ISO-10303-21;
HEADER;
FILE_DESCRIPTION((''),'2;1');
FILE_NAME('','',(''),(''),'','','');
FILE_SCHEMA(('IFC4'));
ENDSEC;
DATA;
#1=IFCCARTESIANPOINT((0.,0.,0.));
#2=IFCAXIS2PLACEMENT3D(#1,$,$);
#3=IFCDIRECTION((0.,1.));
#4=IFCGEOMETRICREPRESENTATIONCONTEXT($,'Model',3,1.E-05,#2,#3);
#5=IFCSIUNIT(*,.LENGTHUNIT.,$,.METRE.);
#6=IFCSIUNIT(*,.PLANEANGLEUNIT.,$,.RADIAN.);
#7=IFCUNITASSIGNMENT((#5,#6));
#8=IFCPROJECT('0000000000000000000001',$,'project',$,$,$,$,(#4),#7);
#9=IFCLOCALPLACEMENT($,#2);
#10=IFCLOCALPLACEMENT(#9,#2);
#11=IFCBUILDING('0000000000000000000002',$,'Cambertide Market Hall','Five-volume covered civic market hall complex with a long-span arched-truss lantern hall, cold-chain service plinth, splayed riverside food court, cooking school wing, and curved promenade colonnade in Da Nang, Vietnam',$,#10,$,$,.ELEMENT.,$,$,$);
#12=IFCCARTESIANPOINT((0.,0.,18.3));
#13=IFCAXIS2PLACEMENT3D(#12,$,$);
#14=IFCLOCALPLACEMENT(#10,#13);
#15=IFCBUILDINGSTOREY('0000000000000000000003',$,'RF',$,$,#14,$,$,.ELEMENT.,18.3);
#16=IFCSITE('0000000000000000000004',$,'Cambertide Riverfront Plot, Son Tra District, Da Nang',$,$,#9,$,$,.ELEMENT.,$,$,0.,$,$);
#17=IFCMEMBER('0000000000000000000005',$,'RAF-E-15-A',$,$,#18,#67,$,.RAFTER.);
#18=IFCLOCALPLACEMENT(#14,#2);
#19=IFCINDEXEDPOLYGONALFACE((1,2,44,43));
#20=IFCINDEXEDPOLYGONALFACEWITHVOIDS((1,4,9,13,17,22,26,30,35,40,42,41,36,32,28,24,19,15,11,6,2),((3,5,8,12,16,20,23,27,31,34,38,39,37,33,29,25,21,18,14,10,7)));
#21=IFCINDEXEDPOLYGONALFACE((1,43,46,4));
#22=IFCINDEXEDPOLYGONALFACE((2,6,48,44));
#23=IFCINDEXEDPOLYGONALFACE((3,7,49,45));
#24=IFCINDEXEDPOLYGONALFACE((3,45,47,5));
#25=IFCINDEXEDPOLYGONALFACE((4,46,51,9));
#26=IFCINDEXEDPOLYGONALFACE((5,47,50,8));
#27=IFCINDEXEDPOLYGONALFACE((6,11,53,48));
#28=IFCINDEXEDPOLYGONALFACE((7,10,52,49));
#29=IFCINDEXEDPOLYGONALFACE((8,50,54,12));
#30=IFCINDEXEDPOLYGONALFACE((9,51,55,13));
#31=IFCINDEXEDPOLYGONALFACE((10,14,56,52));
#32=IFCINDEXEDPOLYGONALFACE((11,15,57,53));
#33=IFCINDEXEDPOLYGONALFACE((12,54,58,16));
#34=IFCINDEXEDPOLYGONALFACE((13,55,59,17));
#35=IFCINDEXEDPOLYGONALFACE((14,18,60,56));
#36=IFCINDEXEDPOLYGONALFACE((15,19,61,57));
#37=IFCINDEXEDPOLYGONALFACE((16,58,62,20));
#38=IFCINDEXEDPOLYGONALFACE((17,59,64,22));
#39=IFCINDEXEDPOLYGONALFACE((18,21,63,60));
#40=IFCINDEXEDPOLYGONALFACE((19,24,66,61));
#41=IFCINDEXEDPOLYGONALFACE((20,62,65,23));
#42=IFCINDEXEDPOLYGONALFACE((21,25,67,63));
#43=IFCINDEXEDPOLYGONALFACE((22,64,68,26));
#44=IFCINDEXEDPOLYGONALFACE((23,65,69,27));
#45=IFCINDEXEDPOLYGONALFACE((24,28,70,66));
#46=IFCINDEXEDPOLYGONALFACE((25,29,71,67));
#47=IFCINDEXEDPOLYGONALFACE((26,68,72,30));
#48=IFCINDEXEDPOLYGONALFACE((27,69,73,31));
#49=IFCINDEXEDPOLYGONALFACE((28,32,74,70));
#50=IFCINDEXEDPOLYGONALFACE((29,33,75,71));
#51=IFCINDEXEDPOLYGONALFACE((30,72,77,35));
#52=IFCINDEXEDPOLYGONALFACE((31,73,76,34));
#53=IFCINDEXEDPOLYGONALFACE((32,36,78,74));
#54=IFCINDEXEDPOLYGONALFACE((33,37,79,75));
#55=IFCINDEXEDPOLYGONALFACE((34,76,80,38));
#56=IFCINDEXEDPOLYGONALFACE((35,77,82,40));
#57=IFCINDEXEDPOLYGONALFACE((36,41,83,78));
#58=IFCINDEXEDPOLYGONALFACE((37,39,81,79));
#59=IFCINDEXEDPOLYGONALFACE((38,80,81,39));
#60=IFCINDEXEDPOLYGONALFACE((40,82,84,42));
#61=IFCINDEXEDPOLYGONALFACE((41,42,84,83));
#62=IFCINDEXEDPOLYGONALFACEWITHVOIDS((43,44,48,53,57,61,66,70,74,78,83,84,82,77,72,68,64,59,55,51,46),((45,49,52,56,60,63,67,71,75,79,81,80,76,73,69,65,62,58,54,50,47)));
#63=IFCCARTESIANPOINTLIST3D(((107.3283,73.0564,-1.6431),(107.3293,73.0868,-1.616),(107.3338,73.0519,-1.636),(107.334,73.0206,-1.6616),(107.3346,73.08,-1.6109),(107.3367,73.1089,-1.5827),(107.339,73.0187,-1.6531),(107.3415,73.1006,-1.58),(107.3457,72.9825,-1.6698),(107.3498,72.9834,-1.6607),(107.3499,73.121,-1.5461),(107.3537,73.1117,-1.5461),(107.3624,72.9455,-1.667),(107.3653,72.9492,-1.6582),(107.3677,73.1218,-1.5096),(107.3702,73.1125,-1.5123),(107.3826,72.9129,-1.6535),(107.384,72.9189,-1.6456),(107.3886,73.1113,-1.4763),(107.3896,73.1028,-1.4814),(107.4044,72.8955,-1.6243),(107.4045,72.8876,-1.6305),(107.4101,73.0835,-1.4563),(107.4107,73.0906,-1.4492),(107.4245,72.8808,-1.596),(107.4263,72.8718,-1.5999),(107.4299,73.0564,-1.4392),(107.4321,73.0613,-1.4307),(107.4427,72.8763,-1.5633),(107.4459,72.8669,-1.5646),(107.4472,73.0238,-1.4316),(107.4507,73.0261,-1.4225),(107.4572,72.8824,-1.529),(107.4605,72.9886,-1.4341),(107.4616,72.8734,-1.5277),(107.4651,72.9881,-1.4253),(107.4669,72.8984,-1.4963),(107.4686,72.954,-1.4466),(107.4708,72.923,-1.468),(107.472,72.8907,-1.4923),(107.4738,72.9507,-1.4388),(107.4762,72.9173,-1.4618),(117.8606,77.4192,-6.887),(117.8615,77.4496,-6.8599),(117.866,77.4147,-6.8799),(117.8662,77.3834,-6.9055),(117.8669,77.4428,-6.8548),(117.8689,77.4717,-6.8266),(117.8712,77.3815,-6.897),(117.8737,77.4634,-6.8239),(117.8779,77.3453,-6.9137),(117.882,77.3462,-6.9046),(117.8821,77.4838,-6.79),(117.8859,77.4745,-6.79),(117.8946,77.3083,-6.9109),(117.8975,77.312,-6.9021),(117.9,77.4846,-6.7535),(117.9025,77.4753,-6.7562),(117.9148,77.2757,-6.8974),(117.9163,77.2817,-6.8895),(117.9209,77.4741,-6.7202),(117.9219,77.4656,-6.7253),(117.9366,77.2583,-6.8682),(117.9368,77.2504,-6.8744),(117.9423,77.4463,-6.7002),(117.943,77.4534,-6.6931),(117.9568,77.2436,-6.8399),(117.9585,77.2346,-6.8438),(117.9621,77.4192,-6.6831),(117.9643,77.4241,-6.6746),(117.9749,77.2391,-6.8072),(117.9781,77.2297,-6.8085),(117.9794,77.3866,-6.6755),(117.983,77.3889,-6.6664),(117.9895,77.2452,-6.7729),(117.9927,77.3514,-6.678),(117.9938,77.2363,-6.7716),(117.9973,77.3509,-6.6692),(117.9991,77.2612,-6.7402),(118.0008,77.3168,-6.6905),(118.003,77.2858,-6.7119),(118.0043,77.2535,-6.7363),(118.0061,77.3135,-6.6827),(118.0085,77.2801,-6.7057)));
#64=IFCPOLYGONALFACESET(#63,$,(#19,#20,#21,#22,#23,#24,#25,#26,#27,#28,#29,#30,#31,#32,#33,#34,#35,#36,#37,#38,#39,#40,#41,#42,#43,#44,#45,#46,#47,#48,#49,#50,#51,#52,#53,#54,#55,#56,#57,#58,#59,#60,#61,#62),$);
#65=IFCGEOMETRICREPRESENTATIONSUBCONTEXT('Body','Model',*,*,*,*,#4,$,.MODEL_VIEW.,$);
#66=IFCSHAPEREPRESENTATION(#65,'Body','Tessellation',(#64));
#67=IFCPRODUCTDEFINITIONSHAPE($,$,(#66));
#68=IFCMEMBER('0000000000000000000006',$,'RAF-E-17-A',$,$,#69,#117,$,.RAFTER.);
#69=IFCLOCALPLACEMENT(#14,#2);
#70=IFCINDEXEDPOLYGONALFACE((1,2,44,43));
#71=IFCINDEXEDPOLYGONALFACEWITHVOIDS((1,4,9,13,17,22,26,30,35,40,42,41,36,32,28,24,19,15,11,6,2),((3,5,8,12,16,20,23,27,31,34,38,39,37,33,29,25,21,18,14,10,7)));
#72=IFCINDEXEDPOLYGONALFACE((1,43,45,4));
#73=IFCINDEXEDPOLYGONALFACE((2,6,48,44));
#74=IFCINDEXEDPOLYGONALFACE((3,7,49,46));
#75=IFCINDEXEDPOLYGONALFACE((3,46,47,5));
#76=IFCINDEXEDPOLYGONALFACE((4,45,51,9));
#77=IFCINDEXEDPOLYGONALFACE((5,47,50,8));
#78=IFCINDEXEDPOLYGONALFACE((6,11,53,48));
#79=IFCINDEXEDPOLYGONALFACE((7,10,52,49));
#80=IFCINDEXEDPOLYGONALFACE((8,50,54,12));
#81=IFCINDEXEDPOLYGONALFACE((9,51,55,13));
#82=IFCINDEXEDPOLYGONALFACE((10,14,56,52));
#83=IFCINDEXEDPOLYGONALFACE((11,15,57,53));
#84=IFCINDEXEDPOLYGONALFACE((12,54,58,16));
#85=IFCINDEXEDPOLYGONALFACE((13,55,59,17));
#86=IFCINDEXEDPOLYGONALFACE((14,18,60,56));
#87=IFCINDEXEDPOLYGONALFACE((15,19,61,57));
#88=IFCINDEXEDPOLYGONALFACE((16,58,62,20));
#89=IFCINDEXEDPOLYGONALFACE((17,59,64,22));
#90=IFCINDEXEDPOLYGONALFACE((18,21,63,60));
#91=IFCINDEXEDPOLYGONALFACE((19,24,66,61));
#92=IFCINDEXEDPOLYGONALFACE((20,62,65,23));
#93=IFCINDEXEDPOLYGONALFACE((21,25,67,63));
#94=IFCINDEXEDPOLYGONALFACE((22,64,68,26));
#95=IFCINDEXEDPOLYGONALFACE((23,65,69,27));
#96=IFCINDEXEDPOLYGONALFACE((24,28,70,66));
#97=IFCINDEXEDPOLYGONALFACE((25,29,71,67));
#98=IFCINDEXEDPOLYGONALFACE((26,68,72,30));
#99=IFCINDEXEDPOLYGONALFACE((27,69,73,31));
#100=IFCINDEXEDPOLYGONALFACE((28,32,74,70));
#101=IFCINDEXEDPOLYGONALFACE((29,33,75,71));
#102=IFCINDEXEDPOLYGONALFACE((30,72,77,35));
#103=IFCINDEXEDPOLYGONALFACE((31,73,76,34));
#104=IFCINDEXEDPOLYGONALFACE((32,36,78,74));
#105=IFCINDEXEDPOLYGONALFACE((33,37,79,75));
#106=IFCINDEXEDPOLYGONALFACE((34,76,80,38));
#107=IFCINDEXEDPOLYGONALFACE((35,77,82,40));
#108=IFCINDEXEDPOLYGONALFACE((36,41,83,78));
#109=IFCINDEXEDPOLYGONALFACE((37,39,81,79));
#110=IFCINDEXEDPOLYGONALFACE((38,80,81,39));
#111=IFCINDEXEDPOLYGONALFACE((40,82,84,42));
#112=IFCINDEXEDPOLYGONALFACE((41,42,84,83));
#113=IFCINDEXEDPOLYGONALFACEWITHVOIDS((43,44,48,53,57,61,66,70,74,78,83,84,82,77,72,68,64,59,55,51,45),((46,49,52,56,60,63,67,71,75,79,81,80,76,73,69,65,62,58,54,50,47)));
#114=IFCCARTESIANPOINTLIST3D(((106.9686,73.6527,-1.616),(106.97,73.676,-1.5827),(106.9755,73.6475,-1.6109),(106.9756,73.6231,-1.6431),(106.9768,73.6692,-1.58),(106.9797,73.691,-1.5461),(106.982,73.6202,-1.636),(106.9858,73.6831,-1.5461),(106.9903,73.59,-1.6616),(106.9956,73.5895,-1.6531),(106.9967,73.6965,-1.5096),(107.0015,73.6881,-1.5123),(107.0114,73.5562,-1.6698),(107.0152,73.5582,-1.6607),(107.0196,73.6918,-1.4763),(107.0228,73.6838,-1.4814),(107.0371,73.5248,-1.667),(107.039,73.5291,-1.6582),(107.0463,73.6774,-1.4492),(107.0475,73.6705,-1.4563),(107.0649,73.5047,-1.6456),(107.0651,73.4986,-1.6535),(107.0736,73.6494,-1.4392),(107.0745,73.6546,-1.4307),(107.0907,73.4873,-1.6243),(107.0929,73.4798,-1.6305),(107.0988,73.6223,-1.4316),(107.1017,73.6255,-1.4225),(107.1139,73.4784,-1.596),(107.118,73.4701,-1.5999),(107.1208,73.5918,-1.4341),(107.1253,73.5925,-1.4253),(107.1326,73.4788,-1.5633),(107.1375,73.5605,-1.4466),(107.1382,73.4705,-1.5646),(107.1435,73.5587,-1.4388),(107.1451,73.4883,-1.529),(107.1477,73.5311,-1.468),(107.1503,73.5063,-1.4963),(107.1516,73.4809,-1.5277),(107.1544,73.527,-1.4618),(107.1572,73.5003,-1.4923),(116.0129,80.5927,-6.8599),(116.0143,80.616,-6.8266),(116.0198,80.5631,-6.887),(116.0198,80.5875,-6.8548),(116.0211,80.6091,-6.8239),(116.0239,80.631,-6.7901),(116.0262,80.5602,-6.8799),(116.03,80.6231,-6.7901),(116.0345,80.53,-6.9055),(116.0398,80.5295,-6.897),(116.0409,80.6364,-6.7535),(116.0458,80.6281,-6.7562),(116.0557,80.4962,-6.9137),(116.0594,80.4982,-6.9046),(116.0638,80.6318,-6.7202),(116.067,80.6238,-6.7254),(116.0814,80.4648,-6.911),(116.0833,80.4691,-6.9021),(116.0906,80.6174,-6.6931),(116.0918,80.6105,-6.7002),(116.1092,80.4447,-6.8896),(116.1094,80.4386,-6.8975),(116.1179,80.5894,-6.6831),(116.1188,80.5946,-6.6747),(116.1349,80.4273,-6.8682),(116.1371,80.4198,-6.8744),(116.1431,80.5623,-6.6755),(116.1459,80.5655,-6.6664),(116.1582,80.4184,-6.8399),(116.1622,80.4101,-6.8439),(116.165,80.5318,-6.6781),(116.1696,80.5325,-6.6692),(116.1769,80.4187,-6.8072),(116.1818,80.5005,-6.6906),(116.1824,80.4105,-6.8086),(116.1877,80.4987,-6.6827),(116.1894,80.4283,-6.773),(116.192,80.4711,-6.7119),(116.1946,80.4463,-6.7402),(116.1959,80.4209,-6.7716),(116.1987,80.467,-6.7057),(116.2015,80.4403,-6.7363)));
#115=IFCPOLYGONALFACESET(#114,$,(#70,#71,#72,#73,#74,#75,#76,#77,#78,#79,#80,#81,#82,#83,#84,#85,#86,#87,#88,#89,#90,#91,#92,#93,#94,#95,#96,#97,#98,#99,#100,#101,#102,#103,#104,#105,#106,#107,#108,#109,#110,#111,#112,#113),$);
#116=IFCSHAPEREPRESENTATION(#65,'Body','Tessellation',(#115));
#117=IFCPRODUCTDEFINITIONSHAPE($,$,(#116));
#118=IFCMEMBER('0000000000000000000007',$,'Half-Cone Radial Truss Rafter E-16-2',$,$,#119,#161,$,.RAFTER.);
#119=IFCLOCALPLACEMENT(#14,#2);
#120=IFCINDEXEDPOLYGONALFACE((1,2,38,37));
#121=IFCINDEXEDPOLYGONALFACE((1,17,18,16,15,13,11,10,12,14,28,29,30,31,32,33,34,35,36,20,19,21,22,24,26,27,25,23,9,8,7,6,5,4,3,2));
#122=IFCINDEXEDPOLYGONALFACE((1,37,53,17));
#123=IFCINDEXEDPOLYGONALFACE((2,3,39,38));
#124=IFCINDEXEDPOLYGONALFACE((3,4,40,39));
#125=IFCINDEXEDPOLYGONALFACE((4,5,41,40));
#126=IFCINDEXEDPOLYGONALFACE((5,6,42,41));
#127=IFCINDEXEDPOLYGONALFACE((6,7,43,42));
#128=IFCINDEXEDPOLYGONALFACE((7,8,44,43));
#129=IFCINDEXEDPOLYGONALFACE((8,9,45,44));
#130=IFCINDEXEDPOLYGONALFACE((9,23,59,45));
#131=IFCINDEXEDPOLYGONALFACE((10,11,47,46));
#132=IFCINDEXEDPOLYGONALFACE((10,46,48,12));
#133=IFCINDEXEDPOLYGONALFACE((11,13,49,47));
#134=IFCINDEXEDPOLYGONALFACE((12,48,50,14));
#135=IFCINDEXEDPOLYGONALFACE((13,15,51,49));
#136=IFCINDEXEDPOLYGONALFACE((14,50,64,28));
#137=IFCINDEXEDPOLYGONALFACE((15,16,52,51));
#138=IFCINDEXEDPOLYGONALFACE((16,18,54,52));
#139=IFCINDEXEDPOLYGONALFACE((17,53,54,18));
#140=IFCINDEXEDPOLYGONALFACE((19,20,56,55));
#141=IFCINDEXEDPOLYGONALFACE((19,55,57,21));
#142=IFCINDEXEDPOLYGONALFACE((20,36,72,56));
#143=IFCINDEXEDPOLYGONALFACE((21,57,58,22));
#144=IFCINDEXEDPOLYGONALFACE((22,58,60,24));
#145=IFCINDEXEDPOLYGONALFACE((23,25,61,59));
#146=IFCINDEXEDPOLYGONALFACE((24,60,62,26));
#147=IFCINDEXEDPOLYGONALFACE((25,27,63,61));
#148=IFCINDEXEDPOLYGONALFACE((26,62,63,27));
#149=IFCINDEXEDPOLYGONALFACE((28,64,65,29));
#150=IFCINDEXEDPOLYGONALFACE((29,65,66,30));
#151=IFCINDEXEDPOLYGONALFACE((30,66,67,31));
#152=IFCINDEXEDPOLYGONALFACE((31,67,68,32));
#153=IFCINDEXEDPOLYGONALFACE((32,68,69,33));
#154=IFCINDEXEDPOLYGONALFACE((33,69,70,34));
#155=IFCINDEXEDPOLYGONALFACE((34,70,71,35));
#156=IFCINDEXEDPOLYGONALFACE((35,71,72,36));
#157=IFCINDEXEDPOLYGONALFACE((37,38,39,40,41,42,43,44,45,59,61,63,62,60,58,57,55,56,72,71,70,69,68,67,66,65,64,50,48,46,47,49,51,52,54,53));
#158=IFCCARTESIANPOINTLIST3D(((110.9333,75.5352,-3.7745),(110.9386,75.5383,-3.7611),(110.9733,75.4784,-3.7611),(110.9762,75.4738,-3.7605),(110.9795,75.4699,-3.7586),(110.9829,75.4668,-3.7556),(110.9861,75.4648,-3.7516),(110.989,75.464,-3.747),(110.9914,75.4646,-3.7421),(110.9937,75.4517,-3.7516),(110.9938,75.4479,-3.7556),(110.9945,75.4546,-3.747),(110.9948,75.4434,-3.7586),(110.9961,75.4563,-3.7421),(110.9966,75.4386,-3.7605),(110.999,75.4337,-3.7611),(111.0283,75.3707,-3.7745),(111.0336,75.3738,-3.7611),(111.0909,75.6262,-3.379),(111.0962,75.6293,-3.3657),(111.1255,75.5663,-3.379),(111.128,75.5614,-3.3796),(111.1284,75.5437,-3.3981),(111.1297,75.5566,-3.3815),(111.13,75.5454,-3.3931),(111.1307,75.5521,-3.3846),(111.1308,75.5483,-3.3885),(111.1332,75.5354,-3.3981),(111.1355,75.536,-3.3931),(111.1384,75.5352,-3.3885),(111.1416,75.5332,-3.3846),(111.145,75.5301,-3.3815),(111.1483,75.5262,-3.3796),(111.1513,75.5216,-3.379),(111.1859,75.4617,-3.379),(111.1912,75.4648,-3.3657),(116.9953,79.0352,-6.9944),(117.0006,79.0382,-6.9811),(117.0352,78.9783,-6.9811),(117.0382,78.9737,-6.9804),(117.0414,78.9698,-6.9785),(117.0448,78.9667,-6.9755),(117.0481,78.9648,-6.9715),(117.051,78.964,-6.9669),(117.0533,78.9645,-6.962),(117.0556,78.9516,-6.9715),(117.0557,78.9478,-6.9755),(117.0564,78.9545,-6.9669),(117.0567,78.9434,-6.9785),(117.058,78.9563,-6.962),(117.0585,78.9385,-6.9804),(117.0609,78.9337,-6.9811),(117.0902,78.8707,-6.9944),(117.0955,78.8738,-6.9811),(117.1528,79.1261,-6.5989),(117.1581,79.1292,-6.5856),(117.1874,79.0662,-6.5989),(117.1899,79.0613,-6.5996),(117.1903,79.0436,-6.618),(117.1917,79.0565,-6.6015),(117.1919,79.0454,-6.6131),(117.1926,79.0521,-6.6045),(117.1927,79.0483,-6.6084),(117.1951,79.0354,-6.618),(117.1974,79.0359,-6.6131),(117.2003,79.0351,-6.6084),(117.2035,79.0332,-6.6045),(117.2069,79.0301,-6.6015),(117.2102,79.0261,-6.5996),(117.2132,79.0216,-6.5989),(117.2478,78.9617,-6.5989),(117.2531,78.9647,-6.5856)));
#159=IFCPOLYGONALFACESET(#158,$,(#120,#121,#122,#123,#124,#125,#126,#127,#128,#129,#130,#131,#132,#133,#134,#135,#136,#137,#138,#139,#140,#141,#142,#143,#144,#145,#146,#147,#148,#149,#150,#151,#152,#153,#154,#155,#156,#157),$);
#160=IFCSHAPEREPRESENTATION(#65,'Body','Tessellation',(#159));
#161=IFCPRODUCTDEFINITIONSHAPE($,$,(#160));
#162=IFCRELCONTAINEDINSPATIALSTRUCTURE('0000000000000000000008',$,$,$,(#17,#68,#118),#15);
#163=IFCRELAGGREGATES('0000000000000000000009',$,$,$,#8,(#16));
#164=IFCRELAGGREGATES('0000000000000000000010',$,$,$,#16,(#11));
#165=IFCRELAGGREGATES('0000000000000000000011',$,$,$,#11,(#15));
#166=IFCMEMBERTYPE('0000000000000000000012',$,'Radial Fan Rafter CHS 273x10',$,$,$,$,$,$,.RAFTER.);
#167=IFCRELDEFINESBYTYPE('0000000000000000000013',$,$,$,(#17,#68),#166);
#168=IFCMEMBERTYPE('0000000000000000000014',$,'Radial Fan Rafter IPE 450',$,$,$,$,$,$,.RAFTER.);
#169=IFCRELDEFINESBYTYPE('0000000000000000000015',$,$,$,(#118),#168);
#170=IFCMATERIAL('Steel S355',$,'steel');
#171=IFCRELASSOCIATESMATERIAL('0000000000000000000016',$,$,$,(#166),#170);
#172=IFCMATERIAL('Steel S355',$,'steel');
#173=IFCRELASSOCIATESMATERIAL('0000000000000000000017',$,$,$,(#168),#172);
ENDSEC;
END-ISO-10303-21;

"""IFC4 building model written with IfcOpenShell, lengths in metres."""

from ifc_helpers import new_model, si_unit, direction, frame, origin, origin_2d, place, context, subcontext, project, spatial, hollow_circle, i_section, extrude, material, material_profile, profile_set, type_object, element, save


model = new_model("IFC4")

# Units and contexts
model_context = context("Model", 3, precision=1e-05, world=origin(), true_north=direction((0.0, 1.0)))
body_context = subcontext(model_context, "Body", "Model", "MODEL_VIEW")
ifc_project = project(units=[si_unit("LENGTHUNIT", "METRE"), si_unit("PLANEANGLEUNIT", "RADIAN")], contexts=[model_context])

# Site, building, storey
site_placement = place(None, origin())
site = spatial("IfcSite", under=ifc_project, at=site_placement, Name="Cambertide Riverfront Plot, Son Tra District, Da Nang", CompositionType="ELEMENT", RefElevation=0.0)
building_placement = place(site_placement, origin())
building = spatial("IfcBuilding", under=site, at=building_placement, Name="Cambertide Market Hall", Description="Five-volume covered civic market hall complex with a long-span arched-truss lantern hall, cold-chain service plinth, splayed riverside food court, cooking school wing, and curved promenade colonnade in Da Nang, Vietnam", CompositionType="ELEMENT")
storey_placement = place(building_placement, frame((0.0, 0.0, 18.3)))
storey = spatial("IfcBuildingStorey", under=building, at=storey_placement, Name="RF", CompositionType="ELEMENT", Elevation=18.3)

# Members
ifc_material_1 = material(Name="Steel S355", Category="steel")
ifc_material_profile_1 = material_profile(ifc_material_1, hollow_circle(Radius=0.1365, WallThickness=0.01, at=origin_2d()), Name="CHS 273x10")
ifc_profile_set_1 = profile_set([ifc_material_profile_1], Name="Steel S355")
member_type_1 = type_object("IfcMemberType", Name="Radial Fan Rafter CHS 273x10", PredefinedType="RAFTER", material=ifc_profile_set_1)
for number, where, z_axis, x_axis, name in (
    (1, (107.4021, 72.9949, -1.5461), (0.839334, 0.34768, -0.417896), (-0.382699, 0.923873, 0.0), "RAF-E-15-A"),
    (2, (107.0627, 73.5828, -1.5461), (0.720753, 0.55306, -0.417899), (-0.608766, 0.793349, 0.0), "RAF-E-17-A"),
):
    element("IfcMember", number, at=place(storey_placement, frame(where, z_axis=z_axis, x_axis=x_axis)), inside=storey, type_object=member_type_1, Name=name, PredefinedType="RAFTER", context=body_context, shape_type="SweptSolid", body=[
        extrude(hollow_circle(Radius=0.1365, WallThickness=0.01, at=origin_2d()), origin(), (0.0, 0.0, 1.0), 12.5483),
    ])
ifc_material_2 = material(Name="Steel S355", Category="steel")
ifc_material_profile_2 = material_profile(ifc_material_2, i_section(OverallWidth=0.1899, OverallDepth=0.45, WebThickness=0.0095, FlangeThickness=0.0146, FilletRadius=0.021, at=origin_2d()), Name="IPE 450")
ifc_profile_set_2 = profile_set([ifc_material_profile_2], Name="Steel S355")
member_type_2 = type_object("IfcMemberType", Name="Radial Fan Rafter IPE 450", PredefinedType="RAFTER", material=ifc_profile_set_2)
member_1_placement = place(storey_placement, frame((111.0623, 75.5, -3.5701), z_axis=(0.786769, 0.454254, -0.41791), x_axis=(-0.50001, 0.866019, 0.0)))
element("IfcMember", 3, at=member_1_placement, inside=storey, type_object=member_type_2, Name="Half-Cone Radial Truss Rafter E-16-2", PredefinedType="RAFTER", context=body_context, shape_type="SweptSolid", body=[
    extrude(i_section(OverallWidth=0.1899, OverallDepth=0.45, WebThickness=0.0095, FlangeThickness=0.0146, FilletRadius=0.021, at=origin_2d()), origin(), (0.0, 0.0, 1.0), 7.7048),
])

save(model, "model.ifc")
